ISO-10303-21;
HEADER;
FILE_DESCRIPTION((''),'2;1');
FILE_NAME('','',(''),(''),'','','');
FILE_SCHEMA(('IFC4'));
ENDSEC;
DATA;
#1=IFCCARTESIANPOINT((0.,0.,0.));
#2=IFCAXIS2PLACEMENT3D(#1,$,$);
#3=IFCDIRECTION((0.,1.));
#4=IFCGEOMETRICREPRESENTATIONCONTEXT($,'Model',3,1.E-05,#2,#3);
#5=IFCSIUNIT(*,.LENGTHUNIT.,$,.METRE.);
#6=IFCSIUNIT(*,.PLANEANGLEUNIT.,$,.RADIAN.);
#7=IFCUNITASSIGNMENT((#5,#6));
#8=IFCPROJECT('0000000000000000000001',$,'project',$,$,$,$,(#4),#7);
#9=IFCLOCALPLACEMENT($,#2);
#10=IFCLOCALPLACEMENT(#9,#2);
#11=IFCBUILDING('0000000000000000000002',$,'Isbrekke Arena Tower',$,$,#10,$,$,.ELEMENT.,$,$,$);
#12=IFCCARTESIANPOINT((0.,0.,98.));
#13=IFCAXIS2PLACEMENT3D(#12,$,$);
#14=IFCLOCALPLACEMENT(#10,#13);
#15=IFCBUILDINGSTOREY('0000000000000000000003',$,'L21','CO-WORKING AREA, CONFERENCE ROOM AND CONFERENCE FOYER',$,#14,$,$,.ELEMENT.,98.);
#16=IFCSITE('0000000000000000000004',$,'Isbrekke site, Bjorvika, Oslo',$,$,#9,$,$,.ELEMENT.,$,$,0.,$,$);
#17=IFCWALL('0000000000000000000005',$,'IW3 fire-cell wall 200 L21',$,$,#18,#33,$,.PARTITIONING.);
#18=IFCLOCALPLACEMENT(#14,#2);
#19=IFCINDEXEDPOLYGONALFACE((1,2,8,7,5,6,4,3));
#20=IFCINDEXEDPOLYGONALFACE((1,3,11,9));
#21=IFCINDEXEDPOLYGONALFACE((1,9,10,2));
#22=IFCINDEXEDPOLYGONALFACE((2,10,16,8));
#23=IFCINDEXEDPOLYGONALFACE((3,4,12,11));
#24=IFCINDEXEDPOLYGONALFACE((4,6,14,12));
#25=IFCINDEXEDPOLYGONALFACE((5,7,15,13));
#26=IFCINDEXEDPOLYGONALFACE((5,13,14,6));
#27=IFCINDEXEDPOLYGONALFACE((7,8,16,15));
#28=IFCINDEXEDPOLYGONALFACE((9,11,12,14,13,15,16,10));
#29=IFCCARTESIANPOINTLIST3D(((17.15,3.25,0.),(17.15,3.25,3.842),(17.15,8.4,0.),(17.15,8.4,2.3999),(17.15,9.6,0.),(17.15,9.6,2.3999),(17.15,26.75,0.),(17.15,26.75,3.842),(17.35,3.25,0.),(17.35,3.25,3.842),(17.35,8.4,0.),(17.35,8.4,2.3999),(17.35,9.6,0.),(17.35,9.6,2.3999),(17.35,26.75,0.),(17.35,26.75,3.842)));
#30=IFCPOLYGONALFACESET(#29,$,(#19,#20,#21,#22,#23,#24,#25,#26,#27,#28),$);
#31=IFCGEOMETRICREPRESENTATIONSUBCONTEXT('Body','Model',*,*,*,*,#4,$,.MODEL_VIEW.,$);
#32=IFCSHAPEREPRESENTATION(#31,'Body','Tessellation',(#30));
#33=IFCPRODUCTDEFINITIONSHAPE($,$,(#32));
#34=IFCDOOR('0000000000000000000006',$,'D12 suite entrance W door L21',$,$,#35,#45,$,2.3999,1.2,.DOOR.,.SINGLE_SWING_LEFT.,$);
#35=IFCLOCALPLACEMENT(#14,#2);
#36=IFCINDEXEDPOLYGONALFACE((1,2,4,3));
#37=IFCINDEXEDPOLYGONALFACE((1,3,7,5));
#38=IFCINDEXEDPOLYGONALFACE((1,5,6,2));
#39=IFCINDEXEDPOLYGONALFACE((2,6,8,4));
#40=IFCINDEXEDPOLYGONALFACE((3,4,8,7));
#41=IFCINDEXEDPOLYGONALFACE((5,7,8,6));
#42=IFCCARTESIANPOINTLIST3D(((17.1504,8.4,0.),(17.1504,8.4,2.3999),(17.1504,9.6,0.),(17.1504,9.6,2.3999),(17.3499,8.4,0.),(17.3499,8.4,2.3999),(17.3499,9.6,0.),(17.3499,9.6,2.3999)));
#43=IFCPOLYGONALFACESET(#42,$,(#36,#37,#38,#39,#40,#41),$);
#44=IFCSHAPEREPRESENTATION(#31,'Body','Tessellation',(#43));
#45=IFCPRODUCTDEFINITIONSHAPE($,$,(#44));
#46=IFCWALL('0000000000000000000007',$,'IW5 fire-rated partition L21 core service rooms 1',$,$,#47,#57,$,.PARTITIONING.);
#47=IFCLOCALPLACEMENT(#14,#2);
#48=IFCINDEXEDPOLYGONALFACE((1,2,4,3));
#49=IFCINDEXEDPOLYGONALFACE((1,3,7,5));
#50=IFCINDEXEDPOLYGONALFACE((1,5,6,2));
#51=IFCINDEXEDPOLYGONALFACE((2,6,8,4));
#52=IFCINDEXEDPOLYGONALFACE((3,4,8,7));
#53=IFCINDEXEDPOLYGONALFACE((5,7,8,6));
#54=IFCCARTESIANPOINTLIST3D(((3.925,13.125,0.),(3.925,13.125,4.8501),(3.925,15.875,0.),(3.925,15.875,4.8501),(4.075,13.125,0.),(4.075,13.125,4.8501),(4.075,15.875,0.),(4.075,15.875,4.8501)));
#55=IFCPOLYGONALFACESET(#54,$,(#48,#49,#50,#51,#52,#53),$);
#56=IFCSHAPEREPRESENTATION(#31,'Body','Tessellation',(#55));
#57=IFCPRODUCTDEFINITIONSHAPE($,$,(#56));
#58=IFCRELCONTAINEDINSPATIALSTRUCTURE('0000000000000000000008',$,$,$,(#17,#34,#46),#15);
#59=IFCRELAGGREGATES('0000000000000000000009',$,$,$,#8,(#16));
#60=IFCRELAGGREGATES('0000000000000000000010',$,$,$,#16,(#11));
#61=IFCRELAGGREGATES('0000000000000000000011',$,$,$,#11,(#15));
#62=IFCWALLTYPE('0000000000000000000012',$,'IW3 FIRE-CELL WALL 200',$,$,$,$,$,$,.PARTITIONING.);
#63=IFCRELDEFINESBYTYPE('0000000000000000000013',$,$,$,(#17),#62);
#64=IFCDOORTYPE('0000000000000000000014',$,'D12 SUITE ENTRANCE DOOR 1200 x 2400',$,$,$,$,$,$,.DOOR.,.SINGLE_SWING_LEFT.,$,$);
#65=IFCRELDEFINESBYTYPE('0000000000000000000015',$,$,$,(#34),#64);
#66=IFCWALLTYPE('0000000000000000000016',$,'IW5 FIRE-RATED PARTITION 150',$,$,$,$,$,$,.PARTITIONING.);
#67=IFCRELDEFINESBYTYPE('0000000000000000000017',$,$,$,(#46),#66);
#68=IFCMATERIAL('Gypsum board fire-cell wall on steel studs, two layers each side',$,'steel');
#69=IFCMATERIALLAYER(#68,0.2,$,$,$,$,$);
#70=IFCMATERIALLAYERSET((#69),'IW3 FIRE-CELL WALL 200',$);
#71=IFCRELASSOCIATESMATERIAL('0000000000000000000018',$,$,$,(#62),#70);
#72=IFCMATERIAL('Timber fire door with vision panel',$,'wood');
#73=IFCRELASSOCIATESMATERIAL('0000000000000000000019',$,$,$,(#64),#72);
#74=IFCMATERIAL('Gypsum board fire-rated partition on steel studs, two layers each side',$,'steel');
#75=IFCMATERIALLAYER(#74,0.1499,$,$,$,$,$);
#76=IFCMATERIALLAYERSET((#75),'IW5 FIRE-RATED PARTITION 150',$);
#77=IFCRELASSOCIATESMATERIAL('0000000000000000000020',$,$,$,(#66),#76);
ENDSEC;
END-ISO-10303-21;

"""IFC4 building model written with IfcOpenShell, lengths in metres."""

from ifc_helpers import new_model, si_unit, direction, frame, frame_2d, origin, place, context, subcontext, project, spatial, rectangle, extrude, material, layer, layer_set, type_object, element, fill, save


model = new_model("IFC4")

# Units and contexts
model_context = context("Model", 3, precision=1e-05, world=origin(), true_north=direction((0.0, 1.0)))
body_context = subcontext(model_context, "Body", "Model", "MODEL_VIEW")
ifc_project = project(units=[si_unit("LENGTHUNIT", "METRE"), si_unit("PLANEANGLEUNIT", "RADIAN")], contexts=[model_context])

# Site, building, storey
site_placement = place(None, origin())
site = spatial("IfcSite", under=ifc_project, at=site_placement, Name="Isbrekke site, Bjorvika, Oslo", CompositionType="ELEMENT", RefElevation=0.0)
building_placement = place(site_placement, origin())
building = spatial("IfcBuilding", under=site, at=building_placement, Name="Isbrekke Arena Tower", CompositionType="ELEMENT")
storey_placement = place(building_placement, frame((0.0, 0.0, 98.0)))
storey = spatial("IfcBuildingStorey", under=building, at=storey_placement, Name="L21", Description="CO-WORKING AREA, CONFERENCE ROOM AND CONFERENCE FOYER", CompositionType="ELEMENT", Elevation=98.0)

# Wall, opening, door
ifc_material_1 = material(Name="Gypsum board fire-cell wall on steel studs, two layers each side", Category="steel")
ifc_layer_1 = layer(ifc_material_1, 0.2)
ifc_layer_set_1 = layer_set([ifc_layer_1], Name="IW3 FIRE-CELL WALL 200")
wall_type_1 = type_object("IfcWallType", Name="IW3 FIRE-CELL WALL 200", PredefinedType="PARTITIONING", material=ifc_layer_set_1)
wall_1_placement = place(storey_placement, frame((17.25, 3.25, 0.0), z_axis=(0.0, 0.0, 1.0), x_axis=(0.0, 1.0, 0.0)))
wall_1 = element("IfcWall", 1, at=wall_1_placement, inside=storey, type_object=wall_type_1, Name="IW3 fire-cell wall 200 L21", PredefinedType="PARTITIONING", context=body_context, shape_type="SweptSolid", body=[
    extrude(rectangle(XDim=23.5, YDim=0.2, at=frame_2d((11.75, 0.0))), origin(), (0.0, 0.0, 1.0), 3.842),
])
opening_1_placement = place(wall_1_placement, frame((5.1499, 0.0, 0.0)))
opening_1 = element("IfcOpeningElement", 2, at=opening_1_placement, cuts=wall_1, PredefinedType="OPENING", context=body_context, shape_type="SweptSolid", body=[
    extrude(rectangle(XDim=1.2, YDim=2.3999, at=frame_2d((0.6001, 1.2))), frame((0.0, 0.1147, 0.0), z_axis=(0.0, -1.0, 0.0), x_axis=(1.0, 0.0, 0.0)), (0.0, 0.0, 1.0), 0.2297),
])
ifc_material_2 = material(Name="Timber fire door with vision panel", Category="wood")
door_type_1 = type_object("IfcDoorType", Name="D12 SUITE ENTRANCE DOOR 1200 x 2400", OperationType="SINGLE_SWING_LEFT", PredefinedType="DOOR", material=ifc_material_2)
door_1_placement = place(opening_1_placement, origin())
door_1 = element("IfcDoor", 3, at=door_1_placement, inside=storey, type_object=door_type_1, Name="D12 suite entrance W door L21", OperationType="SINGLE_SWING_LEFT", OverallHeight=2.3999, OverallWidth=1.2, PredefinedType="DOOR", context=body_context, shape_type="SweptSolid", body=[
    extrude(rectangle(XDim=1.2, YDim=2.3999, at=frame_2d((0.6001, 1.2))), frame((0.0, 0.0996, 0.0), z_axis=(0.0, -1.0, 0.0), x_axis=(1.0, 0.0, 0.0)), (0.0, 0.0, 1.0), 0.1995),
])
fill(opening_1, door_1)

# Wall
ifc_material_3 = material(Name="Gypsum board fire-rated partition on steel studs, two layers each side", Category="steel")
ifc_layer_2 = layer(ifc_material_3, 0.1499)
ifc_layer_set_2 = layer_set([ifc_layer_2], Name="IW5 FIRE-RATED PARTITION 150")
wall_type_2 = type_object("IfcWallType", Name="IW5 FIRE-RATED PARTITION 150", PredefinedType="PARTITIONING", material=ifc_layer_set_2)
wall_2_placement = place(storey_placement, frame((4.0, 13.125, 0.0), z_axis=(0.0, 0.0, 1.0), x_axis=(0.0, 1.0, 0.0)))
element("IfcWall", 4, at=wall_2_placement, inside=storey, type_object=wall_type_2, Name="IW5 fire-rated partition L21 core service rooms 1", PredefinedType="PARTITIONING", context=body_context, shape_type="SweptSolid", body=[
    extrude(rectangle(XDim=2.75, YDim=0.1499, at=frame_2d((1.375, 0.0))), origin(), (0.0, 0.0, 1.0), 4.8501),
])

save(model, "model.ifc")
